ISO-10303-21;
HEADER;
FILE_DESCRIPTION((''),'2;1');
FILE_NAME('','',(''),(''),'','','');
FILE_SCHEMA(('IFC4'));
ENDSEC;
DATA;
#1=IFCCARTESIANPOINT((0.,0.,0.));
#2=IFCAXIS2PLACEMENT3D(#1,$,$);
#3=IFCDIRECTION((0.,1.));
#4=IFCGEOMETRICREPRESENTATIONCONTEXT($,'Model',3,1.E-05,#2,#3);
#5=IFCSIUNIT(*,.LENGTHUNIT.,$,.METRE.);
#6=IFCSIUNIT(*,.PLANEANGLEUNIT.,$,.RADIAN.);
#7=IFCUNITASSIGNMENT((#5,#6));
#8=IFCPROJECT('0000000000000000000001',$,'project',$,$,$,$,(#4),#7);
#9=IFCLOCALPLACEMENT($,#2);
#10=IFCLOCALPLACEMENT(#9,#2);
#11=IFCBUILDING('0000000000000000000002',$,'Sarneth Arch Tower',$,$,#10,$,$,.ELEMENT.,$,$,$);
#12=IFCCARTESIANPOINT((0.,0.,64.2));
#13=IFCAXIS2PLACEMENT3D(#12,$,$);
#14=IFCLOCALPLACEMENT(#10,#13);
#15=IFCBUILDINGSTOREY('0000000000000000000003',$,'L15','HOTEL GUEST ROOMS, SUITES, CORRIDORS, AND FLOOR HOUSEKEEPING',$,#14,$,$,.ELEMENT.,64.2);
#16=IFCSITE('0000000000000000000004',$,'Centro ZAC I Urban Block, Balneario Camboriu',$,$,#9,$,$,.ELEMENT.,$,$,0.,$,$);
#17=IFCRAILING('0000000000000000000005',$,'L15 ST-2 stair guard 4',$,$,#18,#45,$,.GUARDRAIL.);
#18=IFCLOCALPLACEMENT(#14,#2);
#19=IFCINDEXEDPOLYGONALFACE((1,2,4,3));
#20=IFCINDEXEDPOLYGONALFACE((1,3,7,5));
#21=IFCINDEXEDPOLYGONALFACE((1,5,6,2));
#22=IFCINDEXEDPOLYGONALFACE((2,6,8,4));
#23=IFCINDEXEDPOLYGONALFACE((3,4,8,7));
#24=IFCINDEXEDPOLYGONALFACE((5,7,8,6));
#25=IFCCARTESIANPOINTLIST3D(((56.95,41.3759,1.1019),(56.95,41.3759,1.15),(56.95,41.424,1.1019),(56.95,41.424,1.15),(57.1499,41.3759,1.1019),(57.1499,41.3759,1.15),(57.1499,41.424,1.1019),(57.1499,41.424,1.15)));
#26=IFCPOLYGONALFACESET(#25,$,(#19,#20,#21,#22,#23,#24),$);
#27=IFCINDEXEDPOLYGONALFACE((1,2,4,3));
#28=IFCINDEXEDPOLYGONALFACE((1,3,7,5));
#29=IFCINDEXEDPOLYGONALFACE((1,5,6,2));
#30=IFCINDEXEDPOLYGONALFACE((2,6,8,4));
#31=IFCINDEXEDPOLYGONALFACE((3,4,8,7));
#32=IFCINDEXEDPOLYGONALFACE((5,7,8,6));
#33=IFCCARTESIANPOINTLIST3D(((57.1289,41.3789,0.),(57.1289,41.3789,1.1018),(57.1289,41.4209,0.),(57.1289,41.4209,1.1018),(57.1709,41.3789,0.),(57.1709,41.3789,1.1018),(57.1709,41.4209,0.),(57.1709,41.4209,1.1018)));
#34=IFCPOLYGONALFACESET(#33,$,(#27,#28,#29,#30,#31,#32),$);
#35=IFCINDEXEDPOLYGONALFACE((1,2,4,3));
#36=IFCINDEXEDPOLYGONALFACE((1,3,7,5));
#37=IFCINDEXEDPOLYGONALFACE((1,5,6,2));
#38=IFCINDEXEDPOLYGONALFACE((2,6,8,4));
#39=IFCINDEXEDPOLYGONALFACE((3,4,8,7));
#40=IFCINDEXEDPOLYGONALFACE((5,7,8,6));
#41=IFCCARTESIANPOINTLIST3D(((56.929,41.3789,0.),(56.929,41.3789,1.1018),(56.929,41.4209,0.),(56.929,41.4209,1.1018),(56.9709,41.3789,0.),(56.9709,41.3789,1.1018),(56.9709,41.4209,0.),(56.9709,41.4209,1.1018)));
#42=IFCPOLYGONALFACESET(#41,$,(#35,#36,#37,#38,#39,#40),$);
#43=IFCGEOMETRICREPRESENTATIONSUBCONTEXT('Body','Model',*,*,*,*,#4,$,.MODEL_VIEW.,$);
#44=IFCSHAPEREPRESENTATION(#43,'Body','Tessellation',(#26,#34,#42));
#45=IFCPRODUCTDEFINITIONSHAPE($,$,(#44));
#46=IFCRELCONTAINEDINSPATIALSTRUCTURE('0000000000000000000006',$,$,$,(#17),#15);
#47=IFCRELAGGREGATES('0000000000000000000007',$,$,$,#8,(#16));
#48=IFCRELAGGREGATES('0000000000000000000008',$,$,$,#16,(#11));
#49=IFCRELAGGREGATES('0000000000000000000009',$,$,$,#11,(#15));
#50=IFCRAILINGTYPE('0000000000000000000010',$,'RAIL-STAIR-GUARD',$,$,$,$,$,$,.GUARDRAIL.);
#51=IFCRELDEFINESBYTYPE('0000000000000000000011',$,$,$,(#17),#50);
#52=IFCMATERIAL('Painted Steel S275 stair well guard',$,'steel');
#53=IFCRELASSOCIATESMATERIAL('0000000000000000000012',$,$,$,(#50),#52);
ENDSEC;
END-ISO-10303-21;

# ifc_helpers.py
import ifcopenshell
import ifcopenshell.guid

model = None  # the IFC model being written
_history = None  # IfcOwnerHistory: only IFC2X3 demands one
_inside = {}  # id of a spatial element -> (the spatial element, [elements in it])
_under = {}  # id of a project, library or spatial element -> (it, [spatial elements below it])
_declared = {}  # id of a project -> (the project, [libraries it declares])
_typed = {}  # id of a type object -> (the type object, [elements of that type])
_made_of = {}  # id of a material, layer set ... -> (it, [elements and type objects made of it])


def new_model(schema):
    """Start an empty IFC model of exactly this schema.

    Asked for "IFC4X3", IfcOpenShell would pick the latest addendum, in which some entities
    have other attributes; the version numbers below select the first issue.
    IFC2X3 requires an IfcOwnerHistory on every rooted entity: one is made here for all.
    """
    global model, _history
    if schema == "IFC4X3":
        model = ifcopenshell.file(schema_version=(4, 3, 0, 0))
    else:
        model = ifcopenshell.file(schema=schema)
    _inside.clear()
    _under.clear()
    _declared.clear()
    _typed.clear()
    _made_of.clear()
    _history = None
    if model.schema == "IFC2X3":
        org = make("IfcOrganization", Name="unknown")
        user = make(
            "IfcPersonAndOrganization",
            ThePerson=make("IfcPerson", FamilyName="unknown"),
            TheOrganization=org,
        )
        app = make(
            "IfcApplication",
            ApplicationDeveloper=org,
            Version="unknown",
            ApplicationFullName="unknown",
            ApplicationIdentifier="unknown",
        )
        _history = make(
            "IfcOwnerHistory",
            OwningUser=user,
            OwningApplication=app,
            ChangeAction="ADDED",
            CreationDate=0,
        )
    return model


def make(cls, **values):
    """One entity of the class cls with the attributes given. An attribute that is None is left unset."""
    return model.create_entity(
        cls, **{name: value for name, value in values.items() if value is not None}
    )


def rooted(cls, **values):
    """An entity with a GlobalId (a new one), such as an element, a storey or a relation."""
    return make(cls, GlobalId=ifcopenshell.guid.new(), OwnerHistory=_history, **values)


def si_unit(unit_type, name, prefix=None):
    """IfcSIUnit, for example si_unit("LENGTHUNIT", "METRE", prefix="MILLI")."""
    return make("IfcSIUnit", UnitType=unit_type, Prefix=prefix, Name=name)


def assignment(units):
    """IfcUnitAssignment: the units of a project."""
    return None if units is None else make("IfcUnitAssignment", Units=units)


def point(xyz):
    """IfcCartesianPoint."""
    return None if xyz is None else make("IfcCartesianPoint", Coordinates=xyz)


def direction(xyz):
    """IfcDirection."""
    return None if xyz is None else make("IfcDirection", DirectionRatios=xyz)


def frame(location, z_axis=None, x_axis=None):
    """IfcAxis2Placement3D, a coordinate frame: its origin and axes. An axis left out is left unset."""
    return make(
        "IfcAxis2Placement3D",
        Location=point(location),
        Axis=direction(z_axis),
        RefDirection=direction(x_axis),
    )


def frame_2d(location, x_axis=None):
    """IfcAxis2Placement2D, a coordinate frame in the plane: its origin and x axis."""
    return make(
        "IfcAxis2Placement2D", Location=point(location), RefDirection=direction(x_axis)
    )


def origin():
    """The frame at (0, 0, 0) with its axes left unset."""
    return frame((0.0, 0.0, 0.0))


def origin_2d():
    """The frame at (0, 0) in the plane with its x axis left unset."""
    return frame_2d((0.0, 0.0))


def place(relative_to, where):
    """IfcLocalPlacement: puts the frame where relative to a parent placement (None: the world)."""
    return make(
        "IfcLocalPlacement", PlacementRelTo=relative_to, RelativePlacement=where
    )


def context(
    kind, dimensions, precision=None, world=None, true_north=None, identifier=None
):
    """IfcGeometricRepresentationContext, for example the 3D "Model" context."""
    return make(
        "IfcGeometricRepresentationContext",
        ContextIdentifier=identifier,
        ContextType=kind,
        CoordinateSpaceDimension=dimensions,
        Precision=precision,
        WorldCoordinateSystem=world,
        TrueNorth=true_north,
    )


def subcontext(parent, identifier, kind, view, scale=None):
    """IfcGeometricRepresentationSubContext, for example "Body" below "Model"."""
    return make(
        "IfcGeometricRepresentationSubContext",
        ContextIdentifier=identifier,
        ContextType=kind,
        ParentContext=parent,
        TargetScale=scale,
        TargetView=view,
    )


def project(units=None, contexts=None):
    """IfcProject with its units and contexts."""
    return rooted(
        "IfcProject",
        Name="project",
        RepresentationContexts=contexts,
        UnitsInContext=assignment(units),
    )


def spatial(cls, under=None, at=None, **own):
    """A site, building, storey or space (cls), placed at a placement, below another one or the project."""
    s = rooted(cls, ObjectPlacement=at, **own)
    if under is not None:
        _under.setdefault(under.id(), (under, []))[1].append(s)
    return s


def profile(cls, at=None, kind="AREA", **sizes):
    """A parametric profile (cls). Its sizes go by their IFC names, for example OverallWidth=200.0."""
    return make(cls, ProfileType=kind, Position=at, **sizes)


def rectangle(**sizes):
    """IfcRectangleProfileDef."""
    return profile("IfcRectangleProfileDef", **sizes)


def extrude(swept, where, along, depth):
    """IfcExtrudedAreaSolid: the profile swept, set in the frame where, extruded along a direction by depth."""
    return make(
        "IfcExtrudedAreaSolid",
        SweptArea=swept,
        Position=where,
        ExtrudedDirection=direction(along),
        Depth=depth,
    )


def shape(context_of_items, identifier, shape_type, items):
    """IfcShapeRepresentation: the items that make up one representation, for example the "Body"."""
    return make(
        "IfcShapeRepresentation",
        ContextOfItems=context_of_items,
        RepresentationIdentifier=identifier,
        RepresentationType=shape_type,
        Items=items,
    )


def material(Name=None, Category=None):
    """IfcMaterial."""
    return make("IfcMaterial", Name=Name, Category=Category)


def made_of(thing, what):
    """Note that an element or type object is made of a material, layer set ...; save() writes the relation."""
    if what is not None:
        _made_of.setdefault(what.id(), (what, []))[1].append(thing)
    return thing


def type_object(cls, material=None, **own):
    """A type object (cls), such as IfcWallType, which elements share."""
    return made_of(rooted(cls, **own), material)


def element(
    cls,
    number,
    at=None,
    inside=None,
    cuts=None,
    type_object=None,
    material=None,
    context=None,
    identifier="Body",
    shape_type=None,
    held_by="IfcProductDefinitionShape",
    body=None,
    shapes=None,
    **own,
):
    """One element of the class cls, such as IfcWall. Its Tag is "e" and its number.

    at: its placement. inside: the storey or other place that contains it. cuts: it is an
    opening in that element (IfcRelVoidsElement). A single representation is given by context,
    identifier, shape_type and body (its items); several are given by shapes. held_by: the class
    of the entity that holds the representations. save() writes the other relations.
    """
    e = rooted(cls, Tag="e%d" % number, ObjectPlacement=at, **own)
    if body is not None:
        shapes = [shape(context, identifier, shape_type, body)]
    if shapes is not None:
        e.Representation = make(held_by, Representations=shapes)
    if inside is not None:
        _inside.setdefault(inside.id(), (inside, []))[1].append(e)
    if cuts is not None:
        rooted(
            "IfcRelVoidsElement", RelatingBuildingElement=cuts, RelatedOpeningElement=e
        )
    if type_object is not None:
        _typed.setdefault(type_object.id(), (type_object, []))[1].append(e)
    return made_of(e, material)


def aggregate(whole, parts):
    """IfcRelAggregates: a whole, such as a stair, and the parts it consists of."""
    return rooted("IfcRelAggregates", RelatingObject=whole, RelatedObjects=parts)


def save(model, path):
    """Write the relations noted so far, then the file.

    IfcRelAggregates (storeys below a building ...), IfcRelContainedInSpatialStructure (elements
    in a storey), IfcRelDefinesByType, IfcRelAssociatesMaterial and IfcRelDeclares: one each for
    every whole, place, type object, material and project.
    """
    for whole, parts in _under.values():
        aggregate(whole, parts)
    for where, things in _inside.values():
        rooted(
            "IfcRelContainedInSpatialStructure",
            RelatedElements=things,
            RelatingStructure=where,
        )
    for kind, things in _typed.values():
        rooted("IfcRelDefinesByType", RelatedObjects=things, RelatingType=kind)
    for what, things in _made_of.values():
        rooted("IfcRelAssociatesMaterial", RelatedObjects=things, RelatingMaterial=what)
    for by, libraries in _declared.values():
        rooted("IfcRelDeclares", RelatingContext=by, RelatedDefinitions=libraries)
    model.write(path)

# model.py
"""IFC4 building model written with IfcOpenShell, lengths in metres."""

from ifc_helpers import new_model, si_unit, direction, frame, origin, origin_2d, place, context, subcontext, project, spatial, rectangle, extrude, material, type_object, element, save


model = new_model("IFC4")

# Units and contexts
model_context = context("Model", 3, precision=1e-05, world=origin(), true_north=direction((0.0, 1.0)))
body_context = subcontext(model_context, "Body", "Model", "MODEL_VIEW")
ifc_project = project(units=[si_unit("LENGTHUNIT", "METRE"), si_unit("PLANEANGLEUNIT", "RADIAN")], contexts=[model_context])

# Site, building, storey
site_placement = place(None, origin())
site = spatial("IfcSite", under=ifc_project, at=site_placement, Name="Centro ZAC I Urban Block, Balneario Camboriu", CompositionType="ELEMENT", RefElevation=0.0)
building_placement = place(site_placement, origin())
building = spatial("IfcBuilding", under=site, at=building_placement, Name="Sarneth Arch Tower", CompositionType="ELEMENT")
storey_placement = place(building_placement, frame((0.0, 0.0, 64.2)))
storey = spatial("IfcBuildingStorey", under=building, at=storey_placement, Name="L15", Description="HOTEL GUEST ROOMS, SUITES, CORRIDORS, AND FLOOR HOUSEKEEPING", CompositionType="ELEMENT", Elevation=64.2)

# Railing
ifc_material_1 = material(Name="Painted Steel S275 stair well guard", Category="steel")
railing_type_1 = type_object("IfcRailingType", Name="RAIL-STAIR-GUARD", PredefinedType="GUARDRAIL", material=ifc_material_1)
railing_1_placement = place(storey_placement, frame((57.1499, 41.3999, 0.0)))
element("IfcRailing", 1, at=railing_1_placement, inside=storey, type_object=railing_type_1, Name="L15 ST-2 stair guard 4", PredefinedType="GUARDRAIL", context=body_context, shape_type="SweptSolid", body=[
    extrude(rectangle(XDim=0.0481, YDim=0.0481, at=origin_2d()), frame((0.0, 0.0, 1.126), z_axis=(-1.0, 0.0, 0.0), x_axis=(0.0, -1.0, 0.0)), (0.0, 0.0, 1.0), 0.2),
    extrude(rectangle(XDim=0.042, YDim=0.042, at=origin_2d()), origin(), (0.0, 0.0, 1.0), 1.1018),
    extrude(rectangle(XDim=0.042, YDim=0.042, at=origin_2d()), frame((-0.2, 0.0, 0.0)), (0.0, 0.0, 1.0), 1.1018),
])

save(model, "model.ifc")
